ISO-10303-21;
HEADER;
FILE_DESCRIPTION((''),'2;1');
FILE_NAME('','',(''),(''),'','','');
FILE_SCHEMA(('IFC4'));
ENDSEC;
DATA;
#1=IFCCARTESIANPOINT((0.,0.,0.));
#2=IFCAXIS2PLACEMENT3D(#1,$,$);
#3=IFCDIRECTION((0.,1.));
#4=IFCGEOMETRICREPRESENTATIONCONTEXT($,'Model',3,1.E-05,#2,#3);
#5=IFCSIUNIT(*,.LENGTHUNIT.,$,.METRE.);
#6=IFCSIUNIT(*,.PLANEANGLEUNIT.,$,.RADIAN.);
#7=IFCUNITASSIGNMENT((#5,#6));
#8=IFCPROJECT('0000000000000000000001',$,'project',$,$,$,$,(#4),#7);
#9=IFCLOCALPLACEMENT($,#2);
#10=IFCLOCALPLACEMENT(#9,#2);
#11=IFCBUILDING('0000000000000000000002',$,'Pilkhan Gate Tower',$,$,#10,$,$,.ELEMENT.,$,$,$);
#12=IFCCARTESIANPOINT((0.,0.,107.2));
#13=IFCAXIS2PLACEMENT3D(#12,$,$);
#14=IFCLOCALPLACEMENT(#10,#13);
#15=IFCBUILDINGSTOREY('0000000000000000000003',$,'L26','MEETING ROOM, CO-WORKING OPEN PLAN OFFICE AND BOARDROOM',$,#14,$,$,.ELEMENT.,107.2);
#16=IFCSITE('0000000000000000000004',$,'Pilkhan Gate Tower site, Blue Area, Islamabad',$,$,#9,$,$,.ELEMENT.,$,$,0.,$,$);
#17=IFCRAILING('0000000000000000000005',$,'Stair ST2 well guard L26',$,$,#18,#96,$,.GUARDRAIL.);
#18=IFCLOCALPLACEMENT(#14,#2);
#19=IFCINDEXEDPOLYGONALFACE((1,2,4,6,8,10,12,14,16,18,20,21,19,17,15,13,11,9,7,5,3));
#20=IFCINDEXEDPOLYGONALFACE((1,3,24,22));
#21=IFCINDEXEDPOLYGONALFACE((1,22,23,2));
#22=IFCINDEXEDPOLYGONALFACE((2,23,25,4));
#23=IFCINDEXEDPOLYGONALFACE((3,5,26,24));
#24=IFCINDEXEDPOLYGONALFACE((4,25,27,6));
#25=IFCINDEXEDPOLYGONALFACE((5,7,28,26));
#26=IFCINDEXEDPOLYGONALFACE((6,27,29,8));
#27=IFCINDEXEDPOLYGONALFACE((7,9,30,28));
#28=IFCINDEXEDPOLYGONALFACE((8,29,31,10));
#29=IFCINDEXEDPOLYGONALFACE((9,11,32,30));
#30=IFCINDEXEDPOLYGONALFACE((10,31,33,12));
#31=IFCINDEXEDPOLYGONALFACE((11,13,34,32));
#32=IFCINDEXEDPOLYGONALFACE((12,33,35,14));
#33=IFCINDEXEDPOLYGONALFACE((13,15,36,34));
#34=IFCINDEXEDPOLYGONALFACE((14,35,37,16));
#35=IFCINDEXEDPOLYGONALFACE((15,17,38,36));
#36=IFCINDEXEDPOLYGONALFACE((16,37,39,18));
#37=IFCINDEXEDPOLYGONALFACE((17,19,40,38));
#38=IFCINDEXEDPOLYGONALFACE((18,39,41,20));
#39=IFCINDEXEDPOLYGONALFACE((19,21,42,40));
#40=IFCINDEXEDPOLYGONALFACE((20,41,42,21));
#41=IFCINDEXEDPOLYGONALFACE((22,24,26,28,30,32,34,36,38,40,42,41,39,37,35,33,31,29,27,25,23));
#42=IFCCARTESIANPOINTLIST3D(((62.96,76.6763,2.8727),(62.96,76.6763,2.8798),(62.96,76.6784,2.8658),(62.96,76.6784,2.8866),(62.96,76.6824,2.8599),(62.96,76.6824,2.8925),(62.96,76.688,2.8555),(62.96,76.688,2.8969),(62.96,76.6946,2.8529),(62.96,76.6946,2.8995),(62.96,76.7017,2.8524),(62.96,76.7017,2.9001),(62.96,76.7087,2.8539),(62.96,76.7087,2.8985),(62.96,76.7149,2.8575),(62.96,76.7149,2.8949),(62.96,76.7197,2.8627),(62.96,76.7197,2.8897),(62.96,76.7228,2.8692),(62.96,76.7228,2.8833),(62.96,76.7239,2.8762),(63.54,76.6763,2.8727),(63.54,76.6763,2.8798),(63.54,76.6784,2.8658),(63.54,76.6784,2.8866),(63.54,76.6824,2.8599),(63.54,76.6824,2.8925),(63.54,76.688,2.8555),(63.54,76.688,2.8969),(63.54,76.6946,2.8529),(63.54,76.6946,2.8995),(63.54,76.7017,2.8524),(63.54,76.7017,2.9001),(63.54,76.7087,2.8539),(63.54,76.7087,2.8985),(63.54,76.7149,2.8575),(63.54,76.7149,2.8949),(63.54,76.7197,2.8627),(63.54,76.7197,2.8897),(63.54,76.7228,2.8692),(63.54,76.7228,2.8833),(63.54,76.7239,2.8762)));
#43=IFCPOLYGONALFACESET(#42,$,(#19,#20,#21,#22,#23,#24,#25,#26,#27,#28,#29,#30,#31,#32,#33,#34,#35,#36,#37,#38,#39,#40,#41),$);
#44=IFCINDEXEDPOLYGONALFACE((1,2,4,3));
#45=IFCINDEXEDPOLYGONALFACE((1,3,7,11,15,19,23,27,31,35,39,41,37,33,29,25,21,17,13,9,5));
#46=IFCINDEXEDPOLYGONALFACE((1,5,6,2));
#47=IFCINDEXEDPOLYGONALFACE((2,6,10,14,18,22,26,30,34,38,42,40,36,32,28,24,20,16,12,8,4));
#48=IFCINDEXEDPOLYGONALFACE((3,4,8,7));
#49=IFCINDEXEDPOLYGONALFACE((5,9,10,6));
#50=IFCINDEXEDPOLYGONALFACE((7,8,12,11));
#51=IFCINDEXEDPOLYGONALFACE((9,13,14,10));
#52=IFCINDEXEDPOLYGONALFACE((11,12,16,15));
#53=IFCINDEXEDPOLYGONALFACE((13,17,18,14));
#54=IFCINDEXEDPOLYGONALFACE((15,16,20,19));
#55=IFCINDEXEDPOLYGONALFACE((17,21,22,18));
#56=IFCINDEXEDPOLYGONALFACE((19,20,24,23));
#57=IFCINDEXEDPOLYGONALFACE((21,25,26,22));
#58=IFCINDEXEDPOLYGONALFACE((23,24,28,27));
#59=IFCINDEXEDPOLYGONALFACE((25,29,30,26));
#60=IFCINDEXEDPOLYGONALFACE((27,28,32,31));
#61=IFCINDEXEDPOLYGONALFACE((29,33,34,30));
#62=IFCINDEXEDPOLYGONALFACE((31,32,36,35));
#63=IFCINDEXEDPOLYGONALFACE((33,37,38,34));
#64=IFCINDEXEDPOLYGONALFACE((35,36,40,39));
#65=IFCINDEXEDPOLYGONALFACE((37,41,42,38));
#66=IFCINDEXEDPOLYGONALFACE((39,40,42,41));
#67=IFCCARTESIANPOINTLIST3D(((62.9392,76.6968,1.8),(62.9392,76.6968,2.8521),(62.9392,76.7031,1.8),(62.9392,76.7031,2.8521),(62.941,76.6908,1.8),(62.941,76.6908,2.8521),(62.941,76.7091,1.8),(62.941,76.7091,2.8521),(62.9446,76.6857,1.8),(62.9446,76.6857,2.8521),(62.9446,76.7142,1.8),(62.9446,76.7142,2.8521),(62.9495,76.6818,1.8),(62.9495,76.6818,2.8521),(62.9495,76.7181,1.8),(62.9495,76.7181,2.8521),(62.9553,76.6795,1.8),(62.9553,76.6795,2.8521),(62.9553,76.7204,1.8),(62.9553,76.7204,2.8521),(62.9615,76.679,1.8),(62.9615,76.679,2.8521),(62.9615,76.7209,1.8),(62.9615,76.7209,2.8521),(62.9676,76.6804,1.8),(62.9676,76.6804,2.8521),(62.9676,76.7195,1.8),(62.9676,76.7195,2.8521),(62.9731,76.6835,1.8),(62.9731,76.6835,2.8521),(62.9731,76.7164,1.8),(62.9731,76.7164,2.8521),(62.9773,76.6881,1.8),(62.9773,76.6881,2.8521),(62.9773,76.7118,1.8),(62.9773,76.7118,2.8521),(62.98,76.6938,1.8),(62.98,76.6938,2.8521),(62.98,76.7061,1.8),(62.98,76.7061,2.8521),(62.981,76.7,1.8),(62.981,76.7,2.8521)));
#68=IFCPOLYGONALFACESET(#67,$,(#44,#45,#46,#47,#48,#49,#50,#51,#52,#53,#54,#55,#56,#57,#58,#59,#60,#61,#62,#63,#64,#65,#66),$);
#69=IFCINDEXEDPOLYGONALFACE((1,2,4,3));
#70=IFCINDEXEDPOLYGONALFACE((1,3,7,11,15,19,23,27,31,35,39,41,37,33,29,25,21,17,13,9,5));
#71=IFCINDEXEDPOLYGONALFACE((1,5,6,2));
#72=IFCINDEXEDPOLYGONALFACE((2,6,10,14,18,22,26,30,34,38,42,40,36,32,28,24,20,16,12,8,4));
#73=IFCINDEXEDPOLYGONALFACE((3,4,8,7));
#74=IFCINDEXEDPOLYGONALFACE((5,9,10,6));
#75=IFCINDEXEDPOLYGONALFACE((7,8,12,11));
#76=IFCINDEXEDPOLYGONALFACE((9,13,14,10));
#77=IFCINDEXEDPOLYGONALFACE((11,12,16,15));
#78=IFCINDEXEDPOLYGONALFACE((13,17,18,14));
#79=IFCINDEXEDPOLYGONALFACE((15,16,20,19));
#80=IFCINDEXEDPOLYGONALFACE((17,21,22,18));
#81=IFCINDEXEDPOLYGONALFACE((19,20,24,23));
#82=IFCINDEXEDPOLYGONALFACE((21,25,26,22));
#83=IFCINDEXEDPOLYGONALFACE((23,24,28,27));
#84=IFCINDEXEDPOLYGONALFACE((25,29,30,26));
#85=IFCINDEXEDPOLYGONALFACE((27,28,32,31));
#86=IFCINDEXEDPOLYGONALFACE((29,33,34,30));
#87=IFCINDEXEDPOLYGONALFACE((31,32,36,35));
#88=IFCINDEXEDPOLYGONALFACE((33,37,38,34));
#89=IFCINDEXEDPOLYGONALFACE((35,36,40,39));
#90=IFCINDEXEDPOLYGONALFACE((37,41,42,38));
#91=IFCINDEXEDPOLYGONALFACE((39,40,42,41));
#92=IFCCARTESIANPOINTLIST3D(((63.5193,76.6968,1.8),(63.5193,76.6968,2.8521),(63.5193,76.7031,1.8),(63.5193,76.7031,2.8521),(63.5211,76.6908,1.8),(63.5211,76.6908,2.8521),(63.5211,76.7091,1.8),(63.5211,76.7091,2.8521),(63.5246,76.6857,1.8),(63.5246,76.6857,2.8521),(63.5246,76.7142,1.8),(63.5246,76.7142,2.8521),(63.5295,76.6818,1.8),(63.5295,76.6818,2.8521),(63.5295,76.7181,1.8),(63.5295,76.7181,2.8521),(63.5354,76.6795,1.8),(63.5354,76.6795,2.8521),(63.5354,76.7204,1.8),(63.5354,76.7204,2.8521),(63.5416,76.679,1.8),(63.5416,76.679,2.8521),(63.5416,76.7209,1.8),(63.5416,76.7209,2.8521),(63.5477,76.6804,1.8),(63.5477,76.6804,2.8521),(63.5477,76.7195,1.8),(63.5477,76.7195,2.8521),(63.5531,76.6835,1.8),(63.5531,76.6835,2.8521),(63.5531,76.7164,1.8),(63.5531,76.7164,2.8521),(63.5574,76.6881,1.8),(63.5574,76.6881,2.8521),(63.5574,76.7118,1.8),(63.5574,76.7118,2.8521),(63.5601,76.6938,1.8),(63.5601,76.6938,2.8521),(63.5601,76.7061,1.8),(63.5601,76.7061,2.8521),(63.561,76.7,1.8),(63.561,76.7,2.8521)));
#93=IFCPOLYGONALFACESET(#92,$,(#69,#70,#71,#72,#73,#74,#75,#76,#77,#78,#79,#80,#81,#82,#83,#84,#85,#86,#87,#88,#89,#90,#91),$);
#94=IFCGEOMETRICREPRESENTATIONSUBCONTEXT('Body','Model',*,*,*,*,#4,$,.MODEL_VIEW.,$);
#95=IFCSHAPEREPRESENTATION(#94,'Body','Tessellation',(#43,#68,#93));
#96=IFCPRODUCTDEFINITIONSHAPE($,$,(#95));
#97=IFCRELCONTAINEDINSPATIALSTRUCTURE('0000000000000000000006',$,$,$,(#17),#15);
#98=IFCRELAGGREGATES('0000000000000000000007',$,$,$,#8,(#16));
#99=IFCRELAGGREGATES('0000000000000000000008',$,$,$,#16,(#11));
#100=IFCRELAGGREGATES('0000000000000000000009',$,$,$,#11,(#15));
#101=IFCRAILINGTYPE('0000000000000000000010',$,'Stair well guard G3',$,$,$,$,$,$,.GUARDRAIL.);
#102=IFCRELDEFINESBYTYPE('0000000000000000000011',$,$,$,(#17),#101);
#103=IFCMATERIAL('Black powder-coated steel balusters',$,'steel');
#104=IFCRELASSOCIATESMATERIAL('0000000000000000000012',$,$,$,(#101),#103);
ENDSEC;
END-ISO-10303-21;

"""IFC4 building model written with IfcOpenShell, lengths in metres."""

from ifc_helpers import new_model, si_unit, direction, frame, origin, origin_2d, place, context, subcontext, project, spatial, circle, extrude, material, type_object, element, save


model = new_model("IFC4")

# Units and contexts
model_context = context("Model", 3, precision=1e-05, world=origin(), true_north=direction((0.0, 1.0)))
body_context = subcontext(model_context, "Body", "Model", "MODEL_VIEW")
ifc_project = project(units=[si_unit("LENGTHUNIT", "METRE"), si_unit("PLANEANGLEUNIT", "RADIAN")], contexts=[model_context])

# Site, building, storey
site_placement = place(None, origin())
site = spatial("IfcSite", under=ifc_project, at=site_placement, Name="Pilkhan Gate Tower site, Blue Area, Islamabad", CompositionType="ELEMENT", RefElevation=0.0)
building_placement = place(site_placement, origin())
building = spatial("IfcBuilding", under=site, at=building_placement, Name="Pilkhan Gate Tower", CompositionType="ELEMENT")
storey_placement = place(building_placement, frame((0.0, 0.0, 107.2)))
storey = spatial("IfcBuildingStorey", under=building, at=storey_placement, Name="L26", Description="MEETING ROOM, CO-WORKING OPEN PLAN OFFICE AND BOARDROOM", CompositionType="ELEMENT", Elevation=107.2)

# Railing
ifc_material_1 = material(Name="Black powder-coated steel balusters", Category="steel")
railing_type_1 = type_object("IfcRailingType", Name="Stair well guard G3", PredefinedType="GUARDRAIL", material=ifc_material_1)
for number, where, name in (
    (1, (62.96, 76.7, 1.8), "Stair ST2 well guard L26"),
):
    element("IfcRailing", number, at=place(storey_placement, frame(where)), inside=storey, type_object=railing_type_1, Name=name, PredefinedType="GUARDRAIL", context=body_context, shape_type="SweptSolid", body=[
        extrude(circle(Radius=0.0239, at=origin_2d()), frame((0.0, 0.0, 1.0762), z_axis=(1.0, 0.0, 0.0), x_axis=(0.0, 1.0, 0.0)), (0.0, 0.0, 1.0), 0.5801),
        extrude(circle(Radius=0.021, at=origin_2d()), origin(), (0.0, 0.0, 1.0), 1.052),
        extrude(circle(Radius=0.021, at=origin_2d()), frame((0.5801, 0.0, 0.0)), (0.0, 0.0, 1.0), 1.052),
    ])

save(model, "model.ifc")
